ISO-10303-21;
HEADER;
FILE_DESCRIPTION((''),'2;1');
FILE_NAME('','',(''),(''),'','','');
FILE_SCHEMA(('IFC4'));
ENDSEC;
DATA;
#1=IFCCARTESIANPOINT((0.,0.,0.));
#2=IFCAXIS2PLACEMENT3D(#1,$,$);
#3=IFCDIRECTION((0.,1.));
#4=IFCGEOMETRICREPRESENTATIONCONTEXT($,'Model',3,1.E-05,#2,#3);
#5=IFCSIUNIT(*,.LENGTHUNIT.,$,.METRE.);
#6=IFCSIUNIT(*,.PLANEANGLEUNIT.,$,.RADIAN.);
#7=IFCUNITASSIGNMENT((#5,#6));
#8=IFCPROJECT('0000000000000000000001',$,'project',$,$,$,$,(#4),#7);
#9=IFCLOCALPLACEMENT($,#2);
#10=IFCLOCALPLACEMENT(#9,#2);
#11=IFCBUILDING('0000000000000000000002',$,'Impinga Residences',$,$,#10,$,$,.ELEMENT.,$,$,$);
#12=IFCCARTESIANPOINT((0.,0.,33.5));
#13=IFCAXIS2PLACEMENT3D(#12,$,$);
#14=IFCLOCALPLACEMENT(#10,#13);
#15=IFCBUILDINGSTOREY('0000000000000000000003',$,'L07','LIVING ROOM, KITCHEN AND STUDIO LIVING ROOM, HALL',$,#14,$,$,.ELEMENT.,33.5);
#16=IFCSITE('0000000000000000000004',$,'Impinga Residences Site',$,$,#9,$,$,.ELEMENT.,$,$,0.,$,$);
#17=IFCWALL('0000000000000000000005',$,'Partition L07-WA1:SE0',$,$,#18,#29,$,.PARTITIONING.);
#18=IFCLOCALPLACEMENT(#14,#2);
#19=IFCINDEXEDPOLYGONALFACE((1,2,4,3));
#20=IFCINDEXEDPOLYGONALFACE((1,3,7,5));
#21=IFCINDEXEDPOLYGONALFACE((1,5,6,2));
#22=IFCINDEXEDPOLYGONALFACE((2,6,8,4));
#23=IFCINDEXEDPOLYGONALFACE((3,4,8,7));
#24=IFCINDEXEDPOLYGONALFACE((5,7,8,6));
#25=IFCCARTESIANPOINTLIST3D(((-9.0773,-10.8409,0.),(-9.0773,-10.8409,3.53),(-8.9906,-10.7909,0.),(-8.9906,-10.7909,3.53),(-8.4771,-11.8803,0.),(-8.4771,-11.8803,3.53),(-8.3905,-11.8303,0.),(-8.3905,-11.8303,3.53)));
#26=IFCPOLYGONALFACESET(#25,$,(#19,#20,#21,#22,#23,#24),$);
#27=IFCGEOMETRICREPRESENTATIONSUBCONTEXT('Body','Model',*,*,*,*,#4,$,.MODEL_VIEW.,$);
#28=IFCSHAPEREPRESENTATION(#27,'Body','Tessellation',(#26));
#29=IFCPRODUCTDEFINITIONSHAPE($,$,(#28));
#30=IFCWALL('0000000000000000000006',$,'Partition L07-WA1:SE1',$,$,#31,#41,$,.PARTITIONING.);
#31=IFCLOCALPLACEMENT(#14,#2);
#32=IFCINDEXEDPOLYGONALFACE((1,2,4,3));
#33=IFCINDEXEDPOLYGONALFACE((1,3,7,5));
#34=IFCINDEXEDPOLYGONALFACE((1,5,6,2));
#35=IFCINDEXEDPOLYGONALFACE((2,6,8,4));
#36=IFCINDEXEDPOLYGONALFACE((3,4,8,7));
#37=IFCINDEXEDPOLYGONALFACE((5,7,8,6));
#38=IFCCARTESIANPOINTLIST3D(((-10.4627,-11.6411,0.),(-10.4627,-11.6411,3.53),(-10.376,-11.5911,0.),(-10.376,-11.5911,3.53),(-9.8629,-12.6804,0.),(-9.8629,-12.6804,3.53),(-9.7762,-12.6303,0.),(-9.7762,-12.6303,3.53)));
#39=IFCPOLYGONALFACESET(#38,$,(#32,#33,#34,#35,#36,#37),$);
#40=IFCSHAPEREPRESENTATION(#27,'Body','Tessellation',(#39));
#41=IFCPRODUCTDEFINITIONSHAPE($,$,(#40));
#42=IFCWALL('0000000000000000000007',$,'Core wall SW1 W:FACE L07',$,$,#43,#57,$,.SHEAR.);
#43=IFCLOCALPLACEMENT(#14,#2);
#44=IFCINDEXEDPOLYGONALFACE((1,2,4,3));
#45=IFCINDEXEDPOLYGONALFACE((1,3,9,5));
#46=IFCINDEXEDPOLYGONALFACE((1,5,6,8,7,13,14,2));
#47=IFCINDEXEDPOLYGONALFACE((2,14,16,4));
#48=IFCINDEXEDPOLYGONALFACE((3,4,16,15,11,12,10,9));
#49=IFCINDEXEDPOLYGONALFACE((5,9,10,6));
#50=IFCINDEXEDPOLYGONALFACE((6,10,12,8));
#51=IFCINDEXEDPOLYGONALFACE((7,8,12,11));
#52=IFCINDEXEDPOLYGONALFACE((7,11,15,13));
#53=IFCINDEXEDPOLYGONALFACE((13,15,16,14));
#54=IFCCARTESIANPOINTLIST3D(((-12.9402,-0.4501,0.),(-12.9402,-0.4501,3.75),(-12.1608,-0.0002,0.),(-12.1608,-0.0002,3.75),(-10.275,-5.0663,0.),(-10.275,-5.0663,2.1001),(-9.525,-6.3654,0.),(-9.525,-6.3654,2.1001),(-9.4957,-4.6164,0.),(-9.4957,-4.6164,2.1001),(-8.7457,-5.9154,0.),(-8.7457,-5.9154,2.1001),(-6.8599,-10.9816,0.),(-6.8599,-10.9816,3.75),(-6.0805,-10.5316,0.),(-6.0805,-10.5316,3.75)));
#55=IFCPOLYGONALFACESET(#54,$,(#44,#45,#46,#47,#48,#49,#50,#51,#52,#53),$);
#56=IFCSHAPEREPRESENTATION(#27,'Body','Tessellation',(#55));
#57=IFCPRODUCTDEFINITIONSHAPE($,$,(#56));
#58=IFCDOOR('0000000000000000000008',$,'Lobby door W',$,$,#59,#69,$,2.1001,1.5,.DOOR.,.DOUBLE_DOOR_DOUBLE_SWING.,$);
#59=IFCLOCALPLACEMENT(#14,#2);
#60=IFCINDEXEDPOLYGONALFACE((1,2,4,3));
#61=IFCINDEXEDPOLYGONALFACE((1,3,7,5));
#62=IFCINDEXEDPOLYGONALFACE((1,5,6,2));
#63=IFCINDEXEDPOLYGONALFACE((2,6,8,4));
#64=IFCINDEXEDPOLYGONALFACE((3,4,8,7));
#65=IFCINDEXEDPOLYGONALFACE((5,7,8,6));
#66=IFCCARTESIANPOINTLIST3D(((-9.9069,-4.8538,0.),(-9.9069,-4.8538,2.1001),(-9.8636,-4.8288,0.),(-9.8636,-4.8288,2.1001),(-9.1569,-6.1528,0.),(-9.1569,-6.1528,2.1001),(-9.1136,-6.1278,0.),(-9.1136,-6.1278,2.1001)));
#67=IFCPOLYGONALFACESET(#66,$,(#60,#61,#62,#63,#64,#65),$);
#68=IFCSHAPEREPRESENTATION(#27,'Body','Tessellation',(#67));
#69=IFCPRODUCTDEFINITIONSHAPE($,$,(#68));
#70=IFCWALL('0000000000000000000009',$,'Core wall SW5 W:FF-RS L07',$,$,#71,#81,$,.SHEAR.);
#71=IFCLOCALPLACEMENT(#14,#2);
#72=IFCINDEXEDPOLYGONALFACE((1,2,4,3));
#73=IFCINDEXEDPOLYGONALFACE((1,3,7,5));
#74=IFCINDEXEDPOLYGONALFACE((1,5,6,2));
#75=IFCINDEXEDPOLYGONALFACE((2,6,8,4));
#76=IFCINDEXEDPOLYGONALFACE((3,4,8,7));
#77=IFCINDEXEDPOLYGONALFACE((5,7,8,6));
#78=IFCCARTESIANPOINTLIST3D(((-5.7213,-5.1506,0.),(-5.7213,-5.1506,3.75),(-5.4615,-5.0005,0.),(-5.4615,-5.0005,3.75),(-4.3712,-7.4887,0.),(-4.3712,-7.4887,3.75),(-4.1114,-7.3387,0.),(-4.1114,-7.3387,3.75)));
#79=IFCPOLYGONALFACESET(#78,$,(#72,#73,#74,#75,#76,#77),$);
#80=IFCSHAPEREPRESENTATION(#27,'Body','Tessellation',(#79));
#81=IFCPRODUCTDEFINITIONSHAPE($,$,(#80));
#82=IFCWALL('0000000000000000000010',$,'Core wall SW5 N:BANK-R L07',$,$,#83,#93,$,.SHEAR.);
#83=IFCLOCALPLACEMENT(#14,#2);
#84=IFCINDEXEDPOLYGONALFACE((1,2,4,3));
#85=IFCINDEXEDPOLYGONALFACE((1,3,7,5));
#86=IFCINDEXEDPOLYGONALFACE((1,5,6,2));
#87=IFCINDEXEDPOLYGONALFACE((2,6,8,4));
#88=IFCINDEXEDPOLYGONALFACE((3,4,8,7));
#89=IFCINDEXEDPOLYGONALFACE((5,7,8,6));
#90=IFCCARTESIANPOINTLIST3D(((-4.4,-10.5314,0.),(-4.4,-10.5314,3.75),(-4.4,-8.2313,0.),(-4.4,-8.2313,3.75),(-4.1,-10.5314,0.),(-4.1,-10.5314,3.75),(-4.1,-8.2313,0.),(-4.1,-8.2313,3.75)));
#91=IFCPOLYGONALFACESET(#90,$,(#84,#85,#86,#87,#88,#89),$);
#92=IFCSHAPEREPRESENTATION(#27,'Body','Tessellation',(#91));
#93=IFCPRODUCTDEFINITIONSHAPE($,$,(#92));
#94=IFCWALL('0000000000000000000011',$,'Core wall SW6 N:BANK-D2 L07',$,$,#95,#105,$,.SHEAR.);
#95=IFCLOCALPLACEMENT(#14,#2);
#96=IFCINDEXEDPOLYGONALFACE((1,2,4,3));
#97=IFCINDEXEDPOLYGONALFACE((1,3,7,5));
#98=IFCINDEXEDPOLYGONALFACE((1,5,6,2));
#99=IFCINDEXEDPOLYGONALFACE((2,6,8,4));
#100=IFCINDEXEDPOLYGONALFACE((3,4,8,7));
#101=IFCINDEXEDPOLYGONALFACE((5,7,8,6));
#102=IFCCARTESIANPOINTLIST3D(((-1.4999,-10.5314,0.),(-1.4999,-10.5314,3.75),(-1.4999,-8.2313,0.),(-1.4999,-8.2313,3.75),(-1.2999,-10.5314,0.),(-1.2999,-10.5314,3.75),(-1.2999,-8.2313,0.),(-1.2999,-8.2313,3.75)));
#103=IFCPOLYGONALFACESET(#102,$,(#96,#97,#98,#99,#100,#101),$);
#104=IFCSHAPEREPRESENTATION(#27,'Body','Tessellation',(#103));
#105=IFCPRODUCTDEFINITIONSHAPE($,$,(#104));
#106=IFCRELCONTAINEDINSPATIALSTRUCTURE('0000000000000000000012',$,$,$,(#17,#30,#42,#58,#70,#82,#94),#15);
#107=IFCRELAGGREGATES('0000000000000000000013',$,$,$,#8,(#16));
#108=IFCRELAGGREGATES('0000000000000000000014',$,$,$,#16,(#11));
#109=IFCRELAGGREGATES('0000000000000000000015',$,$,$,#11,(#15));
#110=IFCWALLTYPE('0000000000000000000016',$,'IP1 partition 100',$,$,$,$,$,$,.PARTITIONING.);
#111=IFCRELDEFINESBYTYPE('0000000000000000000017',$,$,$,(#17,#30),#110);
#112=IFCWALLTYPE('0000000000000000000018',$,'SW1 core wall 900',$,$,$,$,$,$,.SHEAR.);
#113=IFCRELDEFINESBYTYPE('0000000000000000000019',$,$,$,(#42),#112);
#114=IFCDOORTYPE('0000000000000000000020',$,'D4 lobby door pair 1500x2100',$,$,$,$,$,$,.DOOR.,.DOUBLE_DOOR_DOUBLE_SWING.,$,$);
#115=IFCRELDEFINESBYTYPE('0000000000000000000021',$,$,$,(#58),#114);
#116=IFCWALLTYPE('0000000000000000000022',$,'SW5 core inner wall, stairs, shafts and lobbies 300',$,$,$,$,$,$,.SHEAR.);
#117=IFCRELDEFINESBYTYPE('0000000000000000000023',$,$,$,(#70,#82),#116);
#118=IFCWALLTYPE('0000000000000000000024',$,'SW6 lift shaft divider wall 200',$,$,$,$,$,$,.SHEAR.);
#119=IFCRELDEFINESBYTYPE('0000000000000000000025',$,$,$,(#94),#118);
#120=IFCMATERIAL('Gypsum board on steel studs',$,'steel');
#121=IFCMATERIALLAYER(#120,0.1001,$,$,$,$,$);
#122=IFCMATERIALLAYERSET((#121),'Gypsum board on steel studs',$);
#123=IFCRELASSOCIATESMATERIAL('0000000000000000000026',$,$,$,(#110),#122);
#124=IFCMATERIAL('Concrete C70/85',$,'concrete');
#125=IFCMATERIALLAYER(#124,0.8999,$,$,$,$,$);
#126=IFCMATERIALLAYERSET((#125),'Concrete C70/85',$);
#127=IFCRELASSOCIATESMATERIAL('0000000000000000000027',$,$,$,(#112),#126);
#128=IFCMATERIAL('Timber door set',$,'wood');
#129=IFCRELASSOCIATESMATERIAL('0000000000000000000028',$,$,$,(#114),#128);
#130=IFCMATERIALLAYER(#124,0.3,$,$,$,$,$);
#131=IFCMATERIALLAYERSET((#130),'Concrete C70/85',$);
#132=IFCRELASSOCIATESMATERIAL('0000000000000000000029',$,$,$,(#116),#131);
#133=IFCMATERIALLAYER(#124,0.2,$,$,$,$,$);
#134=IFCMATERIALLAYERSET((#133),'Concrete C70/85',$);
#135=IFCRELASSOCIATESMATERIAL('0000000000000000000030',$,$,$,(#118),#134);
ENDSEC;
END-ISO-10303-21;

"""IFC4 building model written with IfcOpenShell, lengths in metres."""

from ifc_helpers import new_model, si_unit, direction, frame, frame_2d, origin, place, context, subcontext, project, spatial, rectangle, extrude, material, layer, layer_set, type_object, element, fill, save


model = new_model("IFC4")

# Units and contexts
model_context = context("Model", 3, precision=1e-05, world=origin(), true_north=direction((0.0, 1.0)))
body_context = subcontext(model_context, "Body", "Model", "MODEL_VIEW")
ifc_project = project(units=[si_unit("LENGTHUNIT", "METRE"), si_unit("PLANEANGLEUNIT", "RADIAN")], contexts=[model_context])

# Site, building, storey
site_placement = place(None, origin())
site = spatial("IfcSite", under=ifc_project, at=site_placement, Name="Impinga Residences Site", CompositionType="ELEMENT", RefElevation=0.0)
building_placement = place(site_placement, origin())
building = spatial("IfcBuilding", under=site, at=building_placement, Name="Impinga Residences", CompositionType="ELEMENT")
storey_placement = place(building_placement, frame((0.0, 0.0, 33.5)))
storey = spatial("IfcBuildingStorey", under=building, at=storey_placement, Name="L07", Description="LIVING ROOM, KITCHEN AND STUDIO LIVING ROOM, HALL", CompositionType="ELEMENT", Elevation=33.5)

# Shared definitions
ifc_material_1 = material(Name="Concrete C70/85", Category="concrete")

# Shared definitions
ifc_material_2 = material(Name="Timber door set", Category="wood")

# Shared definitions
ifc_material_3 = material(Name="Gypsum board on steel studs", Category="steel")
ifc_layer_1 = layer(ifc_material_3, 0.1001)
ifc_layer_set_1 = layer_set([ifc_layer_1], Name="Gypsum board on steel studs")
wall_type_1 = type_object("IfcWallType", Name="IP1 partition 100", PredefinedType="PARTITIONING", material=ifc_layer_set_1)

# Walls
wall_1_placement = place(storey_placement, frame((-9.0339, -10.8159, 0.0), z_axis=(0.0, 0.0, 1.0), x_axis=(0.500034, -0.866006, 0.0)))
element("IfcWall", 1, at=wall_1_placement, inside=storey, type_object=wall_type_1, Name="Partition L07-WA1:SE0", PredefinedType="PARTITIONING", context=body_context, shape_type="SweptSolid", body=[
    extrude(rectangle(XDim=1.2002, YDim=0.1001, at=frame_2d((0.6001, 0.0))), origin(), (0.0, 0.0, 1.0), 3.53),
])
wall_2_placement = place(storey_placement, frame((-10.4194, -11.616, 0.0), z_axis=(0.0, 0.0, 1.0), x_axis=(0.499881, -0.866094, 0.0)))
element("IfcWall", 2, at=wall_2_placement, inside=storey, type_object=wall_type_1, Name="Partition L07-WA1:SE1", PredefinedType="PARTITIONING", context=body_context, shape_type="SweptSolid", body=[
    extrude(rectangle(XDim=1.2, YDim=0.1001, at=frame_2d((0.6001, 0.0))), origin(), (0.0, 0.0, 1.0), 3.53),
])

# Wall, opening, door
ifc_layer_2 = layer(ifc_material_1, 0.8999)
ifc_layer_set_2 = layer_set([ifc_layer_2], Name="Concrete C70/85")
wall_type_2 = type_object("IfcWallType", Name="SW1 core wall 900", PredefinedType="SHEAR", material=ifc_layer_set_2)
wall_3_placement = place(storey_placement, frame((-6.4702, -10.7566, 0.0), z_axis=(0.0, 0.0, 1.0), x_axis=(-0.499998, 0.866027, 0.0)))
wall_3 = element("IfcWall", 3, at=wall_3_placement, inside=storey, type_object=wall_type_2, Name="Core wall SW1 W:FACE L07", PredefinedType="SHEAR", context=body_context, shape_type="SweptSolid", body=[
    extrude(rectangle(XDim=12.1606, YDim=0.8999, at=frame_2d((6.0803, 0.0))), origin(), (0.0, 0.0, 1.0), 3.75),
])
opening_1_placement = place(wall_3_placement, frame((5.3303, 0.0, 0.0)))
opening_1 = element("IfcOpeningElement", 4, at=opening_1_placement, cuts=wall_3, PredefinedType="OPENING", context=body_context, shape_type="SweptSolid", body=[
    extrude(rectangle(XDim=1.5, YDim=2.1001, at=frame_2d((0.75, 1.05))), frame((0.0, 0.46, 0.0), z_axis=(0.0, -1.0, 0.0), x_axis=(1.0, 0.0, 0.0)), (0.0, 0.0, 1.0), 0.9199),
])
door_type_1 = type_object("IfcDoorType", Name="D4 lobby door pair 1500x2100", OperationType="DOUBLE_DOOR_DOUBLE_SWING", PredefinedType="DOOR", material=ifc_material_2)
door_1_placement = place(opening_1_placement, origin())
door_1 = element("IfcDoor", 5, at=door_1_placement, inside=storey, type_object=door_type_1, Name="Lobby door W", OperationType="DOUBLE_DOOR_DOUBLE_SWING", OverallHeight=2.1001, OverallWidth=1.5, PredefinedType="DOOR", context=body_context, shape_type="SweptSolid", body=[
    extrude(rectangle(XDim=1.5, YDim=2.1001, at=frame_2d((0.75, 1.05))), frame((0.0, 0.0249, 0.0), z_axis=(0.0, -1.0, 0.0), x_axis=(1.0, 0.0, 0.0)), (0.0, 0.0, 1.0), 0.05),
])
fill(opening_1, door_1)

# Walls
ifc_layer_3 = layer(ifc_material_1, 0.3)
ifc_layer_set_3 = layer_set([ifc_layer_3], Name="Concrete C70/85")
wall_type_3 = type_object("IfcWallType", Name="SW5 core inner wall, stairs, shafts and lobbies 300", PredefinedType="SHEAR", material=ifc_layer_set_3)
wall_4_placement = place(storey_placement, frame((-4.2412, -7.4138, 0.0), z_axis=(0.0, 0.0, 1.0), x_axis=(-0.500049, 0.865997, 0.0)))
element("IfcWall", 6, at=wall_4_placement, inside=storey, type_object=wall_type_3, Name="Core wall SW5 W:FF-RS L07", PredefinedType="SHEAR", context=body_context, shape_type="SweptSolid", body=[
    extrude(rectangle(XDim=2.7, YDim=0.3, at=frame_2d((1.3501, 0.0))), origin(), (0.0, 0.0, 1.0), 3.75),
])
wall_5_placement = place(storey_placement, frame((-4.25, -8.2314, 0.0), z_axis=(0.0, 0.0, 1.0), x_axis=(0.0, -1.0, 0.0)))
element("IfcWall", 7, at=wall_5_placement, inside=storey, type_object=wall_type_3, Name="Core wall SW5 N:BANK-R L07", PredefinedType="SHEAR", context=body_context, shape_type="SweptSolid", body=[
    extrude(rectangle(XDim=2.3, YDim=0.3, at=frame_2d((1.1499, 0.0))), origin(), (0.0, 0.0, 1.0), 3.75),
])
ifc_layer_4 = layer(ifc_material_1, 0.2)
ifc_layer_set_4 = layer_set([ifc_layer_4], Name="Concrete C70/85")
wall_type_4 = type_object("IfcWallType", Name="SW6 lift shaft divider wall 200", PredefinedType="SHEAR", material=ifc_layer_set_4)
wall_6_placement = place(storey_placement, frame((-1.3999, -8.2314, 0.0), z_axis=(0.0, 0.0, 1.0), x_axis=(0.0, -1.0, 0.0)))
element("IfcWall", 8, at=wall_6_placement, inside=storey, type_object=wall_type_4, Name="Core wall SW6 N:BANK-D2 L07", PredefinedType="SHEAR", context=body_context, shape_type="SweptSolid", body=[
    extrude(rectangle(XDim=2.3, YDim=0.2, at=frame_2d((1.1499, 0.0))), origin(), (0.0, 0.0, 1.0), 3.75),
])

save(model, "model.ifc")
